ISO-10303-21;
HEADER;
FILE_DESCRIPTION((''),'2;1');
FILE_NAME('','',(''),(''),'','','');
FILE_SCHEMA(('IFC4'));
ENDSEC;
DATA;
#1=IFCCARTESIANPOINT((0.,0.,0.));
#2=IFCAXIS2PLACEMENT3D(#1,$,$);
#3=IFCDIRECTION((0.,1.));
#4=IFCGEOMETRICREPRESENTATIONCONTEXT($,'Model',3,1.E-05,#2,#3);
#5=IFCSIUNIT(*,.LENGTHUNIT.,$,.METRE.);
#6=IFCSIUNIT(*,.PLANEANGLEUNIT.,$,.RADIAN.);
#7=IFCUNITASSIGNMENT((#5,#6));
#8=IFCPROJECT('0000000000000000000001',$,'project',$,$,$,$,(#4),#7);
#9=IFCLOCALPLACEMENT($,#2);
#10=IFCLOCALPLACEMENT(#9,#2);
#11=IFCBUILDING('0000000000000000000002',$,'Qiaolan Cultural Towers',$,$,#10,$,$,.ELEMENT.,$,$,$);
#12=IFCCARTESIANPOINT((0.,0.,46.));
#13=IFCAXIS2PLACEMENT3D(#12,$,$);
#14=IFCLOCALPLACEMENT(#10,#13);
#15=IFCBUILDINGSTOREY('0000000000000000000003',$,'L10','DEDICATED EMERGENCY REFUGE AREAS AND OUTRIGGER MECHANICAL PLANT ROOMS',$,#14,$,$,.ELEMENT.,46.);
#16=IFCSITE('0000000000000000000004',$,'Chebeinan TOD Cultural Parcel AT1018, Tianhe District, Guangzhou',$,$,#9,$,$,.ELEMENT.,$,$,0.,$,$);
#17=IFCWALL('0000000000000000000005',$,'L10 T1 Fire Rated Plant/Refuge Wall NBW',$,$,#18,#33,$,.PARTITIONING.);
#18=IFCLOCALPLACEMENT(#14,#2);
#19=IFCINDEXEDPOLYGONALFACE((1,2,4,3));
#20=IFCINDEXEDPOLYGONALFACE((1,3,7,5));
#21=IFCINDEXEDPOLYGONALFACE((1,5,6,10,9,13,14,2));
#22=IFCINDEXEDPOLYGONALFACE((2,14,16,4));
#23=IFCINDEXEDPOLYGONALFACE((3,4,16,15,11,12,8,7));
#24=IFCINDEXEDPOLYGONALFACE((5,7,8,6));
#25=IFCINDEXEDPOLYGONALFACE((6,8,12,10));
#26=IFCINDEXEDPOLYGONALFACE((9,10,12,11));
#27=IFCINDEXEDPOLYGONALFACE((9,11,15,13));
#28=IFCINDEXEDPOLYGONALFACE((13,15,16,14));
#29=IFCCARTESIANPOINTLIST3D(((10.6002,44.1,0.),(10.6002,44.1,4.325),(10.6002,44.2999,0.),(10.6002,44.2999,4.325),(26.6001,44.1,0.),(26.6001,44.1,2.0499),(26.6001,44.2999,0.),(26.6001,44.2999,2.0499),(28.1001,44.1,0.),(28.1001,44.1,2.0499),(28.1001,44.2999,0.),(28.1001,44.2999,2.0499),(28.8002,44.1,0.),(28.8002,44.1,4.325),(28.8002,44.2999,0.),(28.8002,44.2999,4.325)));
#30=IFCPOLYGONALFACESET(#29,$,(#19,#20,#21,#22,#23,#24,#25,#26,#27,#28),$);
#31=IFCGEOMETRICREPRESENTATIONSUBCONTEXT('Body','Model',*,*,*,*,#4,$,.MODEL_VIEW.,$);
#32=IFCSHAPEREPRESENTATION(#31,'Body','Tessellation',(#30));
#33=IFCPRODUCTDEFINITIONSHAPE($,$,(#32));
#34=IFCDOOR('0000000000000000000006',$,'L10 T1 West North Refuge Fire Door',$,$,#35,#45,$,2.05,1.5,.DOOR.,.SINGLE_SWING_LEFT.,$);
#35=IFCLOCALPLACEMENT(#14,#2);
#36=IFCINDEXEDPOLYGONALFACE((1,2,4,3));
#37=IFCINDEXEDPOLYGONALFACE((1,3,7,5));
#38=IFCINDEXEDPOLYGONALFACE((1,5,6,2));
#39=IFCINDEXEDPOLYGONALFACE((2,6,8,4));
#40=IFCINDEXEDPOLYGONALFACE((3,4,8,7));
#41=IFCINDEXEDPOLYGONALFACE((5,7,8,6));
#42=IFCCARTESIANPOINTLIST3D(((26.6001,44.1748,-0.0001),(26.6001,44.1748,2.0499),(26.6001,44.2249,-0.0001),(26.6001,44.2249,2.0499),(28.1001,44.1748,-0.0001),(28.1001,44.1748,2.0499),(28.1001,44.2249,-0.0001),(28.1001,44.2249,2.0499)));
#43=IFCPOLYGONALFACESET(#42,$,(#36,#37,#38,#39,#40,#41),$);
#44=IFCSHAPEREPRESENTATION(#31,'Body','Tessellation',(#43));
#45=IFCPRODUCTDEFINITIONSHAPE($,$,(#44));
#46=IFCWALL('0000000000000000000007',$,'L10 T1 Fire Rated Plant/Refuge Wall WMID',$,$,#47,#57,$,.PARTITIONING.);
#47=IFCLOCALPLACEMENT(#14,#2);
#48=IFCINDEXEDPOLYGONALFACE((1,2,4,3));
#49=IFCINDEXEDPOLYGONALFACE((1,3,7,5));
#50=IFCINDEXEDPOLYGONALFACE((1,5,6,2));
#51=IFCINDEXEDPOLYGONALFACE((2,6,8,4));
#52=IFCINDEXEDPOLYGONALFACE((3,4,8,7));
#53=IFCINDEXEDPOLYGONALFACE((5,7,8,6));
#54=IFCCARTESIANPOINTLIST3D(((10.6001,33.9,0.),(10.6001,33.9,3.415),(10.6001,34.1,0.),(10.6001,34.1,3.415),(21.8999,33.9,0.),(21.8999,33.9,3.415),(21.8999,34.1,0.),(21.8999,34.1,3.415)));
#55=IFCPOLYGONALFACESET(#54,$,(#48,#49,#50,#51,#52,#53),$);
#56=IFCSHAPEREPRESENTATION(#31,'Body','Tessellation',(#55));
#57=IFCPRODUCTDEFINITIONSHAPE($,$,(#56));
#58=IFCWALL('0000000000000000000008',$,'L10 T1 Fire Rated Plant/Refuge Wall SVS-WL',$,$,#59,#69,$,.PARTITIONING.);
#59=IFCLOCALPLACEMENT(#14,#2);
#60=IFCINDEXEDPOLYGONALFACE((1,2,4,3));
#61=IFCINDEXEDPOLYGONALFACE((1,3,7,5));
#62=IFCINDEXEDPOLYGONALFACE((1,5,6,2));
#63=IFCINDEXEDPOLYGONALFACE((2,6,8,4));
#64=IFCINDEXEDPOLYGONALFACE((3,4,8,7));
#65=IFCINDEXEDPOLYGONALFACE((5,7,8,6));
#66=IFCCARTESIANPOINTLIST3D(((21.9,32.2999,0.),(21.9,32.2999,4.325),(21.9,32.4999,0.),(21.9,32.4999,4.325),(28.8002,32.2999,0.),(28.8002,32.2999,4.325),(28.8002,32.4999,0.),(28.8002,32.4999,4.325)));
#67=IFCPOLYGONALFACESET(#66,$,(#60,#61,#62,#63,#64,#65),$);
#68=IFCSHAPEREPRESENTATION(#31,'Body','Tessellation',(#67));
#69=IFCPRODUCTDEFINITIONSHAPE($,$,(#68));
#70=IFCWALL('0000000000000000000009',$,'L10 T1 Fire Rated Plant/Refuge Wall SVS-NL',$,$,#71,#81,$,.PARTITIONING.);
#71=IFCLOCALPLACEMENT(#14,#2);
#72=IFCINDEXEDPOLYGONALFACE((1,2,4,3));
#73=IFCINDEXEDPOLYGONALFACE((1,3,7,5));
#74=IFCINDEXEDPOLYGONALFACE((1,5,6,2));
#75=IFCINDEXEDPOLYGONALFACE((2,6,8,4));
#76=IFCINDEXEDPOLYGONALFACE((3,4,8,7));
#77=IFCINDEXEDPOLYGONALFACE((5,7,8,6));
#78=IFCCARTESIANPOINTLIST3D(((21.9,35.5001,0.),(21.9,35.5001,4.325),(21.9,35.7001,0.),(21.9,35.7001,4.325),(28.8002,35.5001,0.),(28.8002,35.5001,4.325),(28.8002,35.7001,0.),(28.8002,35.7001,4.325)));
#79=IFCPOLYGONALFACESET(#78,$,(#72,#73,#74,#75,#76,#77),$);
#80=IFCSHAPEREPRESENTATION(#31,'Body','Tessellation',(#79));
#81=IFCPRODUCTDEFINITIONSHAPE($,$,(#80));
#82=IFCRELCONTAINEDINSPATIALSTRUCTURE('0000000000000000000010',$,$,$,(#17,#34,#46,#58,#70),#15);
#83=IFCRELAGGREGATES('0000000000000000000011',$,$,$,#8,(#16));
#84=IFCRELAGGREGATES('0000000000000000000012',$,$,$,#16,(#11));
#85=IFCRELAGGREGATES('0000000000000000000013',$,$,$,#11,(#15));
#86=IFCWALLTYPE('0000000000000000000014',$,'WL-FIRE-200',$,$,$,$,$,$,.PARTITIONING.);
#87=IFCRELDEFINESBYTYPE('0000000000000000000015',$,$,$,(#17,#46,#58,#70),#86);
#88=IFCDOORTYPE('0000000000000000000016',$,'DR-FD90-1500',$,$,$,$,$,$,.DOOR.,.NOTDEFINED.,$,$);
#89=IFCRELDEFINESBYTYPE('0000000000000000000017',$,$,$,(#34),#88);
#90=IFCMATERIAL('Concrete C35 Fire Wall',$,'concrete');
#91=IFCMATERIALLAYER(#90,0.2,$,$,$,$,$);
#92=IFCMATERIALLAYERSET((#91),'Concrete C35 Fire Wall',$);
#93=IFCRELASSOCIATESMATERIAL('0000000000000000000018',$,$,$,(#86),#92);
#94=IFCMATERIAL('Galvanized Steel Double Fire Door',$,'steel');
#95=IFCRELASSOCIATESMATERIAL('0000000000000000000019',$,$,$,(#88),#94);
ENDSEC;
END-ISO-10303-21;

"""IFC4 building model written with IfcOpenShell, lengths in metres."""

from ifc_helpers import new_model, si_unit, direction, frame, frame_2d, origin, place, context, subcontext, project, spatial, rectangle, extrude, material, layer, layer_set, type_object, element, fill, save


model = new_model("IFC4")

# Units and contexts
model_context = context("Model", 3, precision=1e-05, world=origin(), true_north=direction((0.0, 1.0)))
body_context = subcontext(model_context, "Body", "Model", "MODEL_VIEW")
ifc_project = project(units=[si_unit("LENGTHUNIT", "METRE"), si_unit("PLANEANGLEUNIT", "RADIAN")], contexts=[model_context])

# Site, building, storey
site_placement = place(None, origin())
site = spatial("IfcSite", under=ifc_project, at=site_placement, Name="Chebeinan TOD Cultural Parcel AT1018, Tianhe District, Guangzhou", CompositionType="ELEMENT", RefElevation=0.0)
building_placement = place(site_placement, origin())
building = spatial("IfcBuilding", under=site, at=building_placement, Name="Qiaolan Cultural Towers", CompositionType="ELEMENT")
storey_placement = place(building_placement, frame((0.0, 0.0, 46.0)))
storey = spatial("IfcBuildingStorey", under=building, at=storey_placement, Name="L10", Description="DEDICATED EMERGENCY REFUGE AREAS AND OUTRIGGER MECHANICAL PLANT ROOMS", CompositionType="ELEMENT", Elevation=46.0)

# Wall, opening, door
ifc_material_1 = material(Name="Concrete C35 Fire Wall", Category="concrete")
ifc_layer_1 = layer(ifc_material_1, 0.2)
ifc_layer_set_1 = layer_set([ifc_layer_1], Name="Concrete C35 Fire Wall")
wall_type_1 = type_object("IfcWallType", Name="WL-FIRE-200", PredefinedType="PARTITIONING", material=ifc_layer_set_1)
wall_1_placement = place(storey_placement, frame((10.6001, 44.2, 0.0), z_axis=(0.0, 0.0, 1.0), x_axis=(1.0, 0.0, 0.0)))
wall_1 = element("IfcWall", 1, at=wall_1_placement, inside=storey, type_object=wall_type_1, Name="L10 T1 Fire Rated Plant/Refuge Wall NBW", PredefinedType="PARTITIONING", context=body_context, shape_type="SweptSolid", body=[
    extrude(rectangle(XDim=18.2, YDim=0.2, at=frame_2d((9.1001, 0.0))), origin(), (0.0, 0.0, 1.0), 4.325),
])
opening_placement = place(wall_1_placement, frame((16.0, 0.0, 0.0)))
opening = element("IfcOpeningElement", 2, at=opening_placement, cuts=wall_1, PredefinedType="OPENING", context=body_context, shape_type="SweptSolid", body=[
    extrude(rectangle(XDim=1.5, YDim=2.05, at=frame_2d((0.75, 1.0249))), frame((0.0, 0.1099, 0.0), z_axis=(0.0, -1.0, 0.0), x_axis=(1.0, 0.0, 0.0)), (0.0, 0.0, 1.0), 0.22),
])
ifc_material_2 = material(Name="Galvanized Steel Double Fire Door", Category="steel")
door_type = type_object("IfcDoorType", Name="DR-FD90-1500", OperationType="NOTDEFINED", PredefinedType="DOOR", material=ifc_material_2)
door_placement = place(opening_placement, origin())
door = element("IfcDoor", 3, at=door_placement, inside=storey, type_object=door_type, Name="L10 T1 West North Refuge Fire Door", OperationType="SINGLE_SWING_LEFT", OverallHeight=2.05, OverallWidth=1.5, PredefinedType="DOOR", context=body_context, shape_type="SweptSolid", body=[
    extrude(rectangle(XDim=1.5, YDim=2.05, at=frame_2d((0.75, 1.0249))), frame((0.0, 0.0249, 0.0), z_axis=(0.0, -1.0, 0.0), x_axis=(1.0, 0.0, 0.0)), (0.0, 0.0, 1.0), 0.05),
])
fill(opening, door)

# Walls
wall_2_placement = place(storey_placement, frame((10.6001, 34.0, 0.0), z_axis=(0.0, 0.0, 1.0), x_axis=(1.0, 0.0, 0.0)))
element("IfcWall", 4, at=wall_2_placement, inside=storey, type_object=wall_type_1, Name="L10 T1 Fire Rated Plant/Refuge Wall WMID", PredefinedType="PARTITIONING", context=body_context, shape_type="SweptSolid", body=[
    extrude(rectangle(XDim=11.2998, YDim=0.2, at=frame_2d((5.6499, 0.0))), origin(), (0.0, 0.0, 1.0), 3.415),
])
for number, where, z_axis, x_axis, name in (
    (5, (21.8999, 32.3999, 0.0), (0.0, 0.0, 1.0), (1.0, 0.0, 0.0), "L10 T1 Fire Rated Plant/Refuge Wall SVS-WL"),
    (6, (21.8999, 35.6001, 0.0), (0.0, 0.0, 1.0), (1.0, 0.0, 0.0), "L10 T1 Fire Rated Plant/Refuge Wall SVS-NL"),
):
    element("IfcWall", number, at=place(storey_placement, frame(where, z_axis=z_axis, x_axis=x_axis)), inside=storey, type_object=wall_type_1, Name=name, PredefinedType="PARTITIONING", context=body_context, shape_type="SweptSolid", body=[
        extrude(rectangle(XDim=6.9001, YDim=0.2, at=frame_2d((3.4502, 0.0))), origin(), (0.0, 0.0, 1.0), 4.325),
    ])

save(model, "model.ifc")
